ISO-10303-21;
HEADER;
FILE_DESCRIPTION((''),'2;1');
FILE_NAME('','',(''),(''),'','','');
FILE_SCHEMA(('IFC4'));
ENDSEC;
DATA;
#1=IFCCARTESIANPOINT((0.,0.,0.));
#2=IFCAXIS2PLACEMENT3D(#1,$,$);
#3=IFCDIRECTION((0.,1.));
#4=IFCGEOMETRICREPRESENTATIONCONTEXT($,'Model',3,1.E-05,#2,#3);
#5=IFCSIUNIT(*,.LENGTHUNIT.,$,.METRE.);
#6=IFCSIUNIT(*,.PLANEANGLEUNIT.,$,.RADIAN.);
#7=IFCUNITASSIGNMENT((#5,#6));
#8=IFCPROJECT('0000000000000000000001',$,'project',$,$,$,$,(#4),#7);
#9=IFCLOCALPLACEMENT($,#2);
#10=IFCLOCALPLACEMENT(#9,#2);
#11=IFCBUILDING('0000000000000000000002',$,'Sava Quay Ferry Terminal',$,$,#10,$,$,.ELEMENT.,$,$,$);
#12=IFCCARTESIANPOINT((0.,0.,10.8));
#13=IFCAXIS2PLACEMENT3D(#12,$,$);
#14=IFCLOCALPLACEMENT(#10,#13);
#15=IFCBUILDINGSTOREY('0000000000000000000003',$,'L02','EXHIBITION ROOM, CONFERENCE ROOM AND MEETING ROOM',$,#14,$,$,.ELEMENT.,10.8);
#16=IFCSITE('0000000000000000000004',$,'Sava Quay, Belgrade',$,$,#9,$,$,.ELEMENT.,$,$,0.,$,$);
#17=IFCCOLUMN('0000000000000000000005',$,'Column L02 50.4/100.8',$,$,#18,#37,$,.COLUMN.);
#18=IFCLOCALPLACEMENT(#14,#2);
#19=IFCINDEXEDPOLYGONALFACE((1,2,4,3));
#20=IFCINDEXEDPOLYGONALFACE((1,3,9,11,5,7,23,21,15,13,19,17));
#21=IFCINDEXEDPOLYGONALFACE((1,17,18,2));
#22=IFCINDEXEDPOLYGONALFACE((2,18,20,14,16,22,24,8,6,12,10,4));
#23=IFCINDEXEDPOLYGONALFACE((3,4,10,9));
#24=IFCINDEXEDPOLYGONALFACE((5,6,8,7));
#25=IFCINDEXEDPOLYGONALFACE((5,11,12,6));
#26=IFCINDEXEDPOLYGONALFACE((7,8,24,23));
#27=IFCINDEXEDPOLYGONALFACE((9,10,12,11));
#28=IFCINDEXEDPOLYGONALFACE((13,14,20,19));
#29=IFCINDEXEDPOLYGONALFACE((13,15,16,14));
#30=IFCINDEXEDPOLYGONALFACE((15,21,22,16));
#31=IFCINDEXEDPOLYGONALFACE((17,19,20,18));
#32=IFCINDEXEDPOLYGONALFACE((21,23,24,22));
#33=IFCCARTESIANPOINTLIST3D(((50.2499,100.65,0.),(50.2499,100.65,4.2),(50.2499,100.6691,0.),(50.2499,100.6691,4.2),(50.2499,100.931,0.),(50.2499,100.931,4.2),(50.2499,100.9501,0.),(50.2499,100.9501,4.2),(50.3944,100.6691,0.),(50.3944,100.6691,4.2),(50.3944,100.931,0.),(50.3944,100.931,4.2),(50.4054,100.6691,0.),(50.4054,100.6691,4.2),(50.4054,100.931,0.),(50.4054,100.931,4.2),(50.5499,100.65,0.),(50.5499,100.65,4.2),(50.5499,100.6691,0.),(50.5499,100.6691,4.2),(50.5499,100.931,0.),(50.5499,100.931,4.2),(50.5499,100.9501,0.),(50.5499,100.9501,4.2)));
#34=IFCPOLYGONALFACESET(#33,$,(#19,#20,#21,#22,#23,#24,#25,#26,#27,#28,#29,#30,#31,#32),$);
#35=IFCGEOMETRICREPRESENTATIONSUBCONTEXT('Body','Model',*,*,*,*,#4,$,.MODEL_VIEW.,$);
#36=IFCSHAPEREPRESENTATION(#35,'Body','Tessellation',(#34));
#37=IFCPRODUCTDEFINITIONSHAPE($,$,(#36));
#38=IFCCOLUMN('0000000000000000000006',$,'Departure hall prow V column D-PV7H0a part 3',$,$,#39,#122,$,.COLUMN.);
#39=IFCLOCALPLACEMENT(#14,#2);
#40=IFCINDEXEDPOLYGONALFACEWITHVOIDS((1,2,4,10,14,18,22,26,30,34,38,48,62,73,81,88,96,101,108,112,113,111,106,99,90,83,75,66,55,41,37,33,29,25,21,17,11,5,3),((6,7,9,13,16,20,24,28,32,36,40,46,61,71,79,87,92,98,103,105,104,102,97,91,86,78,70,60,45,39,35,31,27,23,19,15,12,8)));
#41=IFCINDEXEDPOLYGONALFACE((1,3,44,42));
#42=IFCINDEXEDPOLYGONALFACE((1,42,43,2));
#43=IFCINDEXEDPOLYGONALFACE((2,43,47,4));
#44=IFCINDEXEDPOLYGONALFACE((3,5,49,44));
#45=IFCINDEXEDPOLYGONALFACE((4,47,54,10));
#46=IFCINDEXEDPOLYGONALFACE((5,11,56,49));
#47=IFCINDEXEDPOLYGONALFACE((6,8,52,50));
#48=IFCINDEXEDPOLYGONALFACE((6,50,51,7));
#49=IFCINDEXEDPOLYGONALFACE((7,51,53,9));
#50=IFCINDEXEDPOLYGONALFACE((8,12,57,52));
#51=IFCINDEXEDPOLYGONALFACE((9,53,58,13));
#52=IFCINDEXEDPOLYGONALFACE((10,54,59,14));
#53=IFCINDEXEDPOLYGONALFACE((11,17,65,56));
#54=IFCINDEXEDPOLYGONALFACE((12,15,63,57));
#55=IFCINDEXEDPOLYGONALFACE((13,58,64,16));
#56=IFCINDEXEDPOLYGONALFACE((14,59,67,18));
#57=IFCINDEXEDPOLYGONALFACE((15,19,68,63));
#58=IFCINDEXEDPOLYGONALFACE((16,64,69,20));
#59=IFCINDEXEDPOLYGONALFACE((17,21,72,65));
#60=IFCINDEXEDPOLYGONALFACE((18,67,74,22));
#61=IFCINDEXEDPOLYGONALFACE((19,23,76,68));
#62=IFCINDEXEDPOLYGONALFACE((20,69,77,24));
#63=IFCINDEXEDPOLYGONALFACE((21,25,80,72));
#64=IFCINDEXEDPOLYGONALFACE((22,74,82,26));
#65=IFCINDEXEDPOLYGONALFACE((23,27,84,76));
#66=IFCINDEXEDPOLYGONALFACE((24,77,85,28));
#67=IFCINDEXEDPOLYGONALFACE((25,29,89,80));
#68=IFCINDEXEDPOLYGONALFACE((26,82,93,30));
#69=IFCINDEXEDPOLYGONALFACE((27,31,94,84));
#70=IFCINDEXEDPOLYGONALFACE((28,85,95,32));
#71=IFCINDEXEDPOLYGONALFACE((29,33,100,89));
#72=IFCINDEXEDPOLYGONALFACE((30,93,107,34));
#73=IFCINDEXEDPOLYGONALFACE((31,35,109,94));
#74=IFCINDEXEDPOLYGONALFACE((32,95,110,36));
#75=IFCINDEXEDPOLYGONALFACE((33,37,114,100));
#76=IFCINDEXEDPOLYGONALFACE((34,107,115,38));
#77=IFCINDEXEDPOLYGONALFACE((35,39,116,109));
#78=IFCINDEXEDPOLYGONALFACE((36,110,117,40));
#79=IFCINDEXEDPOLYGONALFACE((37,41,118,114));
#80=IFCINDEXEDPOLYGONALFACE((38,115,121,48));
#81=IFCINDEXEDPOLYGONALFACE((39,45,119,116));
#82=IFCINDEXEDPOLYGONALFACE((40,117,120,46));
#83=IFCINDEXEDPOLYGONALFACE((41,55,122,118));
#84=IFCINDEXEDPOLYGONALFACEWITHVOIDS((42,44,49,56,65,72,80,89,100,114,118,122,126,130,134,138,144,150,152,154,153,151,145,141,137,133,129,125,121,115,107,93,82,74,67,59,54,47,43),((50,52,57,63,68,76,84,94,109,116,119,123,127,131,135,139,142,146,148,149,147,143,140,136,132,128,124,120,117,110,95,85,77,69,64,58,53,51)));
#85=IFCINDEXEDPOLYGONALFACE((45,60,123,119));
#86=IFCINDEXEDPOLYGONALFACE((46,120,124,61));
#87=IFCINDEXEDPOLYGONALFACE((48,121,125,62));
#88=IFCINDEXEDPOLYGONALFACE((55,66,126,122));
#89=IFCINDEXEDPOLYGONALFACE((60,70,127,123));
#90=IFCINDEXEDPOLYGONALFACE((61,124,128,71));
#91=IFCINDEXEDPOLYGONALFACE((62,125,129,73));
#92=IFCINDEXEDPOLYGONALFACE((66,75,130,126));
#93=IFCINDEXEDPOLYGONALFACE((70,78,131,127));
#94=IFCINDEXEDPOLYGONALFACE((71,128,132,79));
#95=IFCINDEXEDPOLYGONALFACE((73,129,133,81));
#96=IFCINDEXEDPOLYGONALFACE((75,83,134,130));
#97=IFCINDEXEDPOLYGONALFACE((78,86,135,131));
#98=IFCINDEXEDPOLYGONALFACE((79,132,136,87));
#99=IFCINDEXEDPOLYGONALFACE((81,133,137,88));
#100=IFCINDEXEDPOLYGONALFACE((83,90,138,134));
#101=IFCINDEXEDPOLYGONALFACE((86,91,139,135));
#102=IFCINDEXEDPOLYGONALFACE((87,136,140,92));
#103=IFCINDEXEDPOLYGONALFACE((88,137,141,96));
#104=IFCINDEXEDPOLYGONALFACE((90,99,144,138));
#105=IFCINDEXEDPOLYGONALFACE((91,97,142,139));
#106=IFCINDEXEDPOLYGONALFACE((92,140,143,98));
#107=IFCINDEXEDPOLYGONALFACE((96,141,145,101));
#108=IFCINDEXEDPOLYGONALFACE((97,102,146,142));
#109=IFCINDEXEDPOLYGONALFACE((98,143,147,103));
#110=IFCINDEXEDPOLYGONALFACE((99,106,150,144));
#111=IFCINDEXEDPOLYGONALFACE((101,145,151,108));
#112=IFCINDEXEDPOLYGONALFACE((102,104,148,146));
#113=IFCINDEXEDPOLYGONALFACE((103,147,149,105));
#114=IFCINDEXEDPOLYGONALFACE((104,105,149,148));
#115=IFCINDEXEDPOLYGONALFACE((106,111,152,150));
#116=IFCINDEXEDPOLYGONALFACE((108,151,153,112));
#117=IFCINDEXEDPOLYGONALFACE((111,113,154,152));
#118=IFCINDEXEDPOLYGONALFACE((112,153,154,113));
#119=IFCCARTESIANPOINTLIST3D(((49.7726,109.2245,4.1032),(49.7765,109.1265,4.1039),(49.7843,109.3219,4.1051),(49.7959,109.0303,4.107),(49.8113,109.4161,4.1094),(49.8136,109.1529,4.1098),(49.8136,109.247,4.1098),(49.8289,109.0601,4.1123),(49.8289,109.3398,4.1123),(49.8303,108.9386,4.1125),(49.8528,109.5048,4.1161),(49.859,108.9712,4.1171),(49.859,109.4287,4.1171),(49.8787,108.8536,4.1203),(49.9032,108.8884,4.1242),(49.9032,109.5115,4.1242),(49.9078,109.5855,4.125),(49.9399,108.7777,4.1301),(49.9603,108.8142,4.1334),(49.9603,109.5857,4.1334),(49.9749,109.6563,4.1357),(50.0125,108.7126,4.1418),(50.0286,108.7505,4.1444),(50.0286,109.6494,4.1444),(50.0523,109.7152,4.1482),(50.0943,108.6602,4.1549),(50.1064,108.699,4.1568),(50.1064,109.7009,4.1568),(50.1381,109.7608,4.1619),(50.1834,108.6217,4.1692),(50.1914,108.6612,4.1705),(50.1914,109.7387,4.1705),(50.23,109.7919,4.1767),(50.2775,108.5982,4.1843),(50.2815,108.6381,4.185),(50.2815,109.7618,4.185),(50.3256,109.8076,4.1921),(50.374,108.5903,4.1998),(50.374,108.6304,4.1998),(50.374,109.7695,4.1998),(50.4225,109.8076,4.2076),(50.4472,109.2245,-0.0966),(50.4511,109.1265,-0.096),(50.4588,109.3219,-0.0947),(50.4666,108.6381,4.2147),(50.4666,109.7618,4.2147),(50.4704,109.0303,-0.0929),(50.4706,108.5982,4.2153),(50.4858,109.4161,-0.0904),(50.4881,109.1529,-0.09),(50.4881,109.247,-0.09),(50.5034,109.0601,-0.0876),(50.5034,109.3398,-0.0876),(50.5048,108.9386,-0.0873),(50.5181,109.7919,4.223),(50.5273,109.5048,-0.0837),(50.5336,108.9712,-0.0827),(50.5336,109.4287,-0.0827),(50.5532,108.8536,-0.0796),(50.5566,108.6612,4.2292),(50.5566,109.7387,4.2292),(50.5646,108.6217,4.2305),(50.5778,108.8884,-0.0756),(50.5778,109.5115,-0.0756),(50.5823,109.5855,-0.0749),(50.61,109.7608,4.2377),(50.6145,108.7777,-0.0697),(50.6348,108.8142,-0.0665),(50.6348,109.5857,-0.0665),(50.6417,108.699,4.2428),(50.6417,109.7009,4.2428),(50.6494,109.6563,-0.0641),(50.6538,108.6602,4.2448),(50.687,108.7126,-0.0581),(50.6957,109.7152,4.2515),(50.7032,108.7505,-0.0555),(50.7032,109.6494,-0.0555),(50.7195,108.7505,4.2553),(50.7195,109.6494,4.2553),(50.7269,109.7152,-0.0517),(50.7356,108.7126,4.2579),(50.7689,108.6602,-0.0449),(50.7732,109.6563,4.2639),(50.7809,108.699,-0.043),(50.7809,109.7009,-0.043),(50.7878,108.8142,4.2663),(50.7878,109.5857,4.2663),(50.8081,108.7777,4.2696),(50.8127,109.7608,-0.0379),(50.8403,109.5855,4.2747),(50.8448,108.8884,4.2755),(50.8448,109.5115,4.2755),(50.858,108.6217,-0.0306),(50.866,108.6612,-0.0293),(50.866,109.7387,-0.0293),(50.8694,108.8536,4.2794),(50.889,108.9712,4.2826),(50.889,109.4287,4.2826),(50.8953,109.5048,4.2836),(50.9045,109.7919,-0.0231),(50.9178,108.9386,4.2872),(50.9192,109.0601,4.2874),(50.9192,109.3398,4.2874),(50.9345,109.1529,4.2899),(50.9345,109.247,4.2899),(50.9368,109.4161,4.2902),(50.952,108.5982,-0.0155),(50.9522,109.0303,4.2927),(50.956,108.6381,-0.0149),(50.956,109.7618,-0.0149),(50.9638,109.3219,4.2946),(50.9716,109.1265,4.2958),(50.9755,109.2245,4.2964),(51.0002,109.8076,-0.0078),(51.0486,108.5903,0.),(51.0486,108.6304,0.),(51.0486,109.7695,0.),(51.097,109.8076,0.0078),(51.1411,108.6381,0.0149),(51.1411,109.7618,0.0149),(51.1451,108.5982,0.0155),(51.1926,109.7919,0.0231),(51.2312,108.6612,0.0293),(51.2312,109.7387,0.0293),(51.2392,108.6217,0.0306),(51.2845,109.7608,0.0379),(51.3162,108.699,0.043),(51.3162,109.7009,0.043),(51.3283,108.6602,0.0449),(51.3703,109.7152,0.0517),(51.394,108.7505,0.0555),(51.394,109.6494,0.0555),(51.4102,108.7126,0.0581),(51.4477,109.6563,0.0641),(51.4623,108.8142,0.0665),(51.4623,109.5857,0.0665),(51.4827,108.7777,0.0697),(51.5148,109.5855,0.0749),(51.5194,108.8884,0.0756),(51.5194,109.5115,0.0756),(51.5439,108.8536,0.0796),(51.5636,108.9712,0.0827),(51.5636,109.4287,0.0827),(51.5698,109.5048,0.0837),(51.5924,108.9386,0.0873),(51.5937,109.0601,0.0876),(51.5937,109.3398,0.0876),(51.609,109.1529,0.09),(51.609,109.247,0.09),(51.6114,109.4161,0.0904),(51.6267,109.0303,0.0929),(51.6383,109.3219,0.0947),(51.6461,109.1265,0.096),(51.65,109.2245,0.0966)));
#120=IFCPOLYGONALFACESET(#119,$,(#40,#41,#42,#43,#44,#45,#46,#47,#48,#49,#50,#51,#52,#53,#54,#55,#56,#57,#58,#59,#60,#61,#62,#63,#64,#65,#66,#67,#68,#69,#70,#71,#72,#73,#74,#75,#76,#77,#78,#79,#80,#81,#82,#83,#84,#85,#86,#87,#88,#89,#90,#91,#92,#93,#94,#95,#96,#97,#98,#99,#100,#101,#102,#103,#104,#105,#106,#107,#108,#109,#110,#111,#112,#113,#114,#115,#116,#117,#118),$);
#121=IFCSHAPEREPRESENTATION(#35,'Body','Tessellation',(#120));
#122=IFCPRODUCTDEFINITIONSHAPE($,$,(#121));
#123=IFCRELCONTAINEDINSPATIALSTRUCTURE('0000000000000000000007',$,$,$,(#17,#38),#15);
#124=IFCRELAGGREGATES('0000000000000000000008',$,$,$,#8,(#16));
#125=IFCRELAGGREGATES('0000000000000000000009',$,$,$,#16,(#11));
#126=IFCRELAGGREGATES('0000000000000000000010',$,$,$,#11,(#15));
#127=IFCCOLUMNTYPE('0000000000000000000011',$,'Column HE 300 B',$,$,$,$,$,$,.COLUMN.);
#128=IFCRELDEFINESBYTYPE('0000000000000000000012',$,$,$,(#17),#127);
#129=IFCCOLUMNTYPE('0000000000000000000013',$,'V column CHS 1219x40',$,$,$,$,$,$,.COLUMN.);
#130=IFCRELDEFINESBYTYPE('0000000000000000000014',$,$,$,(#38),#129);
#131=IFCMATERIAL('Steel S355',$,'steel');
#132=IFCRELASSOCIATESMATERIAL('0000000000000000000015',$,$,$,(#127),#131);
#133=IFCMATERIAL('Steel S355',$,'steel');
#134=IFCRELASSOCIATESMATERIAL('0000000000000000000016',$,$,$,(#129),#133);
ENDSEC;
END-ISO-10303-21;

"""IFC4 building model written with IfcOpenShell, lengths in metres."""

from ifc_helpers import new_model, si_unit, direction, frame, origin, origin_2d, place, context, subcontext, project, spatial, hollow_circle, i_section, extrude, material, material_profile, profile_set, type_object, element, save


model = new_model("IFC4")

# Units and contexts
model_context = context("Model", 3, precision=1e-05, world=origin(), true_north=direction((0.0, 1.0)))
body_context = subcontext(model_context, "Body", "Model", "MODEL_VIEW")
ifc_project = project(units=[si_unit("LENGTHUNIT", "METRE"), si_unit("PLANEANGLEUNIT", "RADIAN")], contexts=[model_context])

# Site, building, storey
site_placement = place(None, origin())
site = spatial("IfcSite", under=ifc_project, at=site_placement, Name="Sava Quay, Belgrade", CompositionType="ELEMENT", RefElevation=0.0)
building_placement = place(site_placement, origin())
building = spatial("IfcBuilding", under=site, at=building_placement, Name="Sava Quay Ferry Terminal", CompositionType="ELEMENT")
storey_placement = place(building_placement, frame((0.0, 0.0, 10.8)))
storey = spatial("IfcBuildingStorey", under=building, at=storey_placement, Name="L02", Description="EXHIBITION ROOM, CONFERENCE ROOM AND MEETING ROOM", CompositionType="ELEMENT", Elevation=10.8)

# Columns
ifc_material_1 = material(Name="Steel S355", Category="steel")
ifc_material_profile_1 = material_profile(ifc_material_1, i_section(OverallWidth=0.3, OverallDepth=0.3, WebThickness=0.011, FlangeThickness=0.019, at=origin_2d()), Name="HE 300 B")
ifc_profile_set_1 = profile_set([ifc_material_profile_1], Name="Steel S355")
column_type_1 = type_object("IfcColumnType", Name="Column HE 300 B", PredefinedType="COLUMN", material=ifc_profile_set_1)
column_1_placement = place(storey_placement, frame((50.3999, 100.8, 0.0), z_axis=(0.0, 0.0, 1.0), x_axis=(1.0, 0.0, 0.0)))
element("IfcColumn", 1, at=column_1_placement, inside=storey, type_object=column_type_1, Name="Column L02 50.4/100.8", PredefinedType="COLUMN", context=body_context, shape_type="SweptSolid", body=[
    extrude(i_section(OverallWidth=0.3, OverallDepth=0.3, WebThickness=0.011, FlangeThickness=0.019, at=origin_2d()), origin(), (0.0, 0.0, 1.0), 4.2),
])
ifc_material_2 = material(Name="Steel S355", Category="steel")
ifc_material_profile_2 = material_profile(ifc_material_2, hollow_circle(Radius=0.6096, WallThickness=0.04, at=origin_2d()), Name="CHS 1219 x 40.0")
ifc_profile_set_2 = profile_set([ifc_material_profile_2], Name="Steel S355")
column_type_2 = type_object("IfcColumnType", Name="V column CHS 1219x40", PredefinedType="COLUMN", material=ifc_profile_set_2)
column_2_placement = place(storey_placement, frame((51.0486, 109.2, 0.0), z_axis=(-0.158579, 0.0, 0.987346), x_axis=(0.0, -1.0, 0.0)))
element("IfcColumn", 2, at=column_2_placement, inside=storey, type_object=column_type_2, Name="Departure hall prow V column D-PV7H0a part 3", PredefinedType="COLUMN", context=body_context, shape_type="SweptSolid", body=[
    extrude(hollow_circle(Radius=0.6096, WallThickness=0.04, at=origin_2d()), origin(), (0.0, 0.0, 1.0), 4.2537),
])

save(model, "model.ifc")
